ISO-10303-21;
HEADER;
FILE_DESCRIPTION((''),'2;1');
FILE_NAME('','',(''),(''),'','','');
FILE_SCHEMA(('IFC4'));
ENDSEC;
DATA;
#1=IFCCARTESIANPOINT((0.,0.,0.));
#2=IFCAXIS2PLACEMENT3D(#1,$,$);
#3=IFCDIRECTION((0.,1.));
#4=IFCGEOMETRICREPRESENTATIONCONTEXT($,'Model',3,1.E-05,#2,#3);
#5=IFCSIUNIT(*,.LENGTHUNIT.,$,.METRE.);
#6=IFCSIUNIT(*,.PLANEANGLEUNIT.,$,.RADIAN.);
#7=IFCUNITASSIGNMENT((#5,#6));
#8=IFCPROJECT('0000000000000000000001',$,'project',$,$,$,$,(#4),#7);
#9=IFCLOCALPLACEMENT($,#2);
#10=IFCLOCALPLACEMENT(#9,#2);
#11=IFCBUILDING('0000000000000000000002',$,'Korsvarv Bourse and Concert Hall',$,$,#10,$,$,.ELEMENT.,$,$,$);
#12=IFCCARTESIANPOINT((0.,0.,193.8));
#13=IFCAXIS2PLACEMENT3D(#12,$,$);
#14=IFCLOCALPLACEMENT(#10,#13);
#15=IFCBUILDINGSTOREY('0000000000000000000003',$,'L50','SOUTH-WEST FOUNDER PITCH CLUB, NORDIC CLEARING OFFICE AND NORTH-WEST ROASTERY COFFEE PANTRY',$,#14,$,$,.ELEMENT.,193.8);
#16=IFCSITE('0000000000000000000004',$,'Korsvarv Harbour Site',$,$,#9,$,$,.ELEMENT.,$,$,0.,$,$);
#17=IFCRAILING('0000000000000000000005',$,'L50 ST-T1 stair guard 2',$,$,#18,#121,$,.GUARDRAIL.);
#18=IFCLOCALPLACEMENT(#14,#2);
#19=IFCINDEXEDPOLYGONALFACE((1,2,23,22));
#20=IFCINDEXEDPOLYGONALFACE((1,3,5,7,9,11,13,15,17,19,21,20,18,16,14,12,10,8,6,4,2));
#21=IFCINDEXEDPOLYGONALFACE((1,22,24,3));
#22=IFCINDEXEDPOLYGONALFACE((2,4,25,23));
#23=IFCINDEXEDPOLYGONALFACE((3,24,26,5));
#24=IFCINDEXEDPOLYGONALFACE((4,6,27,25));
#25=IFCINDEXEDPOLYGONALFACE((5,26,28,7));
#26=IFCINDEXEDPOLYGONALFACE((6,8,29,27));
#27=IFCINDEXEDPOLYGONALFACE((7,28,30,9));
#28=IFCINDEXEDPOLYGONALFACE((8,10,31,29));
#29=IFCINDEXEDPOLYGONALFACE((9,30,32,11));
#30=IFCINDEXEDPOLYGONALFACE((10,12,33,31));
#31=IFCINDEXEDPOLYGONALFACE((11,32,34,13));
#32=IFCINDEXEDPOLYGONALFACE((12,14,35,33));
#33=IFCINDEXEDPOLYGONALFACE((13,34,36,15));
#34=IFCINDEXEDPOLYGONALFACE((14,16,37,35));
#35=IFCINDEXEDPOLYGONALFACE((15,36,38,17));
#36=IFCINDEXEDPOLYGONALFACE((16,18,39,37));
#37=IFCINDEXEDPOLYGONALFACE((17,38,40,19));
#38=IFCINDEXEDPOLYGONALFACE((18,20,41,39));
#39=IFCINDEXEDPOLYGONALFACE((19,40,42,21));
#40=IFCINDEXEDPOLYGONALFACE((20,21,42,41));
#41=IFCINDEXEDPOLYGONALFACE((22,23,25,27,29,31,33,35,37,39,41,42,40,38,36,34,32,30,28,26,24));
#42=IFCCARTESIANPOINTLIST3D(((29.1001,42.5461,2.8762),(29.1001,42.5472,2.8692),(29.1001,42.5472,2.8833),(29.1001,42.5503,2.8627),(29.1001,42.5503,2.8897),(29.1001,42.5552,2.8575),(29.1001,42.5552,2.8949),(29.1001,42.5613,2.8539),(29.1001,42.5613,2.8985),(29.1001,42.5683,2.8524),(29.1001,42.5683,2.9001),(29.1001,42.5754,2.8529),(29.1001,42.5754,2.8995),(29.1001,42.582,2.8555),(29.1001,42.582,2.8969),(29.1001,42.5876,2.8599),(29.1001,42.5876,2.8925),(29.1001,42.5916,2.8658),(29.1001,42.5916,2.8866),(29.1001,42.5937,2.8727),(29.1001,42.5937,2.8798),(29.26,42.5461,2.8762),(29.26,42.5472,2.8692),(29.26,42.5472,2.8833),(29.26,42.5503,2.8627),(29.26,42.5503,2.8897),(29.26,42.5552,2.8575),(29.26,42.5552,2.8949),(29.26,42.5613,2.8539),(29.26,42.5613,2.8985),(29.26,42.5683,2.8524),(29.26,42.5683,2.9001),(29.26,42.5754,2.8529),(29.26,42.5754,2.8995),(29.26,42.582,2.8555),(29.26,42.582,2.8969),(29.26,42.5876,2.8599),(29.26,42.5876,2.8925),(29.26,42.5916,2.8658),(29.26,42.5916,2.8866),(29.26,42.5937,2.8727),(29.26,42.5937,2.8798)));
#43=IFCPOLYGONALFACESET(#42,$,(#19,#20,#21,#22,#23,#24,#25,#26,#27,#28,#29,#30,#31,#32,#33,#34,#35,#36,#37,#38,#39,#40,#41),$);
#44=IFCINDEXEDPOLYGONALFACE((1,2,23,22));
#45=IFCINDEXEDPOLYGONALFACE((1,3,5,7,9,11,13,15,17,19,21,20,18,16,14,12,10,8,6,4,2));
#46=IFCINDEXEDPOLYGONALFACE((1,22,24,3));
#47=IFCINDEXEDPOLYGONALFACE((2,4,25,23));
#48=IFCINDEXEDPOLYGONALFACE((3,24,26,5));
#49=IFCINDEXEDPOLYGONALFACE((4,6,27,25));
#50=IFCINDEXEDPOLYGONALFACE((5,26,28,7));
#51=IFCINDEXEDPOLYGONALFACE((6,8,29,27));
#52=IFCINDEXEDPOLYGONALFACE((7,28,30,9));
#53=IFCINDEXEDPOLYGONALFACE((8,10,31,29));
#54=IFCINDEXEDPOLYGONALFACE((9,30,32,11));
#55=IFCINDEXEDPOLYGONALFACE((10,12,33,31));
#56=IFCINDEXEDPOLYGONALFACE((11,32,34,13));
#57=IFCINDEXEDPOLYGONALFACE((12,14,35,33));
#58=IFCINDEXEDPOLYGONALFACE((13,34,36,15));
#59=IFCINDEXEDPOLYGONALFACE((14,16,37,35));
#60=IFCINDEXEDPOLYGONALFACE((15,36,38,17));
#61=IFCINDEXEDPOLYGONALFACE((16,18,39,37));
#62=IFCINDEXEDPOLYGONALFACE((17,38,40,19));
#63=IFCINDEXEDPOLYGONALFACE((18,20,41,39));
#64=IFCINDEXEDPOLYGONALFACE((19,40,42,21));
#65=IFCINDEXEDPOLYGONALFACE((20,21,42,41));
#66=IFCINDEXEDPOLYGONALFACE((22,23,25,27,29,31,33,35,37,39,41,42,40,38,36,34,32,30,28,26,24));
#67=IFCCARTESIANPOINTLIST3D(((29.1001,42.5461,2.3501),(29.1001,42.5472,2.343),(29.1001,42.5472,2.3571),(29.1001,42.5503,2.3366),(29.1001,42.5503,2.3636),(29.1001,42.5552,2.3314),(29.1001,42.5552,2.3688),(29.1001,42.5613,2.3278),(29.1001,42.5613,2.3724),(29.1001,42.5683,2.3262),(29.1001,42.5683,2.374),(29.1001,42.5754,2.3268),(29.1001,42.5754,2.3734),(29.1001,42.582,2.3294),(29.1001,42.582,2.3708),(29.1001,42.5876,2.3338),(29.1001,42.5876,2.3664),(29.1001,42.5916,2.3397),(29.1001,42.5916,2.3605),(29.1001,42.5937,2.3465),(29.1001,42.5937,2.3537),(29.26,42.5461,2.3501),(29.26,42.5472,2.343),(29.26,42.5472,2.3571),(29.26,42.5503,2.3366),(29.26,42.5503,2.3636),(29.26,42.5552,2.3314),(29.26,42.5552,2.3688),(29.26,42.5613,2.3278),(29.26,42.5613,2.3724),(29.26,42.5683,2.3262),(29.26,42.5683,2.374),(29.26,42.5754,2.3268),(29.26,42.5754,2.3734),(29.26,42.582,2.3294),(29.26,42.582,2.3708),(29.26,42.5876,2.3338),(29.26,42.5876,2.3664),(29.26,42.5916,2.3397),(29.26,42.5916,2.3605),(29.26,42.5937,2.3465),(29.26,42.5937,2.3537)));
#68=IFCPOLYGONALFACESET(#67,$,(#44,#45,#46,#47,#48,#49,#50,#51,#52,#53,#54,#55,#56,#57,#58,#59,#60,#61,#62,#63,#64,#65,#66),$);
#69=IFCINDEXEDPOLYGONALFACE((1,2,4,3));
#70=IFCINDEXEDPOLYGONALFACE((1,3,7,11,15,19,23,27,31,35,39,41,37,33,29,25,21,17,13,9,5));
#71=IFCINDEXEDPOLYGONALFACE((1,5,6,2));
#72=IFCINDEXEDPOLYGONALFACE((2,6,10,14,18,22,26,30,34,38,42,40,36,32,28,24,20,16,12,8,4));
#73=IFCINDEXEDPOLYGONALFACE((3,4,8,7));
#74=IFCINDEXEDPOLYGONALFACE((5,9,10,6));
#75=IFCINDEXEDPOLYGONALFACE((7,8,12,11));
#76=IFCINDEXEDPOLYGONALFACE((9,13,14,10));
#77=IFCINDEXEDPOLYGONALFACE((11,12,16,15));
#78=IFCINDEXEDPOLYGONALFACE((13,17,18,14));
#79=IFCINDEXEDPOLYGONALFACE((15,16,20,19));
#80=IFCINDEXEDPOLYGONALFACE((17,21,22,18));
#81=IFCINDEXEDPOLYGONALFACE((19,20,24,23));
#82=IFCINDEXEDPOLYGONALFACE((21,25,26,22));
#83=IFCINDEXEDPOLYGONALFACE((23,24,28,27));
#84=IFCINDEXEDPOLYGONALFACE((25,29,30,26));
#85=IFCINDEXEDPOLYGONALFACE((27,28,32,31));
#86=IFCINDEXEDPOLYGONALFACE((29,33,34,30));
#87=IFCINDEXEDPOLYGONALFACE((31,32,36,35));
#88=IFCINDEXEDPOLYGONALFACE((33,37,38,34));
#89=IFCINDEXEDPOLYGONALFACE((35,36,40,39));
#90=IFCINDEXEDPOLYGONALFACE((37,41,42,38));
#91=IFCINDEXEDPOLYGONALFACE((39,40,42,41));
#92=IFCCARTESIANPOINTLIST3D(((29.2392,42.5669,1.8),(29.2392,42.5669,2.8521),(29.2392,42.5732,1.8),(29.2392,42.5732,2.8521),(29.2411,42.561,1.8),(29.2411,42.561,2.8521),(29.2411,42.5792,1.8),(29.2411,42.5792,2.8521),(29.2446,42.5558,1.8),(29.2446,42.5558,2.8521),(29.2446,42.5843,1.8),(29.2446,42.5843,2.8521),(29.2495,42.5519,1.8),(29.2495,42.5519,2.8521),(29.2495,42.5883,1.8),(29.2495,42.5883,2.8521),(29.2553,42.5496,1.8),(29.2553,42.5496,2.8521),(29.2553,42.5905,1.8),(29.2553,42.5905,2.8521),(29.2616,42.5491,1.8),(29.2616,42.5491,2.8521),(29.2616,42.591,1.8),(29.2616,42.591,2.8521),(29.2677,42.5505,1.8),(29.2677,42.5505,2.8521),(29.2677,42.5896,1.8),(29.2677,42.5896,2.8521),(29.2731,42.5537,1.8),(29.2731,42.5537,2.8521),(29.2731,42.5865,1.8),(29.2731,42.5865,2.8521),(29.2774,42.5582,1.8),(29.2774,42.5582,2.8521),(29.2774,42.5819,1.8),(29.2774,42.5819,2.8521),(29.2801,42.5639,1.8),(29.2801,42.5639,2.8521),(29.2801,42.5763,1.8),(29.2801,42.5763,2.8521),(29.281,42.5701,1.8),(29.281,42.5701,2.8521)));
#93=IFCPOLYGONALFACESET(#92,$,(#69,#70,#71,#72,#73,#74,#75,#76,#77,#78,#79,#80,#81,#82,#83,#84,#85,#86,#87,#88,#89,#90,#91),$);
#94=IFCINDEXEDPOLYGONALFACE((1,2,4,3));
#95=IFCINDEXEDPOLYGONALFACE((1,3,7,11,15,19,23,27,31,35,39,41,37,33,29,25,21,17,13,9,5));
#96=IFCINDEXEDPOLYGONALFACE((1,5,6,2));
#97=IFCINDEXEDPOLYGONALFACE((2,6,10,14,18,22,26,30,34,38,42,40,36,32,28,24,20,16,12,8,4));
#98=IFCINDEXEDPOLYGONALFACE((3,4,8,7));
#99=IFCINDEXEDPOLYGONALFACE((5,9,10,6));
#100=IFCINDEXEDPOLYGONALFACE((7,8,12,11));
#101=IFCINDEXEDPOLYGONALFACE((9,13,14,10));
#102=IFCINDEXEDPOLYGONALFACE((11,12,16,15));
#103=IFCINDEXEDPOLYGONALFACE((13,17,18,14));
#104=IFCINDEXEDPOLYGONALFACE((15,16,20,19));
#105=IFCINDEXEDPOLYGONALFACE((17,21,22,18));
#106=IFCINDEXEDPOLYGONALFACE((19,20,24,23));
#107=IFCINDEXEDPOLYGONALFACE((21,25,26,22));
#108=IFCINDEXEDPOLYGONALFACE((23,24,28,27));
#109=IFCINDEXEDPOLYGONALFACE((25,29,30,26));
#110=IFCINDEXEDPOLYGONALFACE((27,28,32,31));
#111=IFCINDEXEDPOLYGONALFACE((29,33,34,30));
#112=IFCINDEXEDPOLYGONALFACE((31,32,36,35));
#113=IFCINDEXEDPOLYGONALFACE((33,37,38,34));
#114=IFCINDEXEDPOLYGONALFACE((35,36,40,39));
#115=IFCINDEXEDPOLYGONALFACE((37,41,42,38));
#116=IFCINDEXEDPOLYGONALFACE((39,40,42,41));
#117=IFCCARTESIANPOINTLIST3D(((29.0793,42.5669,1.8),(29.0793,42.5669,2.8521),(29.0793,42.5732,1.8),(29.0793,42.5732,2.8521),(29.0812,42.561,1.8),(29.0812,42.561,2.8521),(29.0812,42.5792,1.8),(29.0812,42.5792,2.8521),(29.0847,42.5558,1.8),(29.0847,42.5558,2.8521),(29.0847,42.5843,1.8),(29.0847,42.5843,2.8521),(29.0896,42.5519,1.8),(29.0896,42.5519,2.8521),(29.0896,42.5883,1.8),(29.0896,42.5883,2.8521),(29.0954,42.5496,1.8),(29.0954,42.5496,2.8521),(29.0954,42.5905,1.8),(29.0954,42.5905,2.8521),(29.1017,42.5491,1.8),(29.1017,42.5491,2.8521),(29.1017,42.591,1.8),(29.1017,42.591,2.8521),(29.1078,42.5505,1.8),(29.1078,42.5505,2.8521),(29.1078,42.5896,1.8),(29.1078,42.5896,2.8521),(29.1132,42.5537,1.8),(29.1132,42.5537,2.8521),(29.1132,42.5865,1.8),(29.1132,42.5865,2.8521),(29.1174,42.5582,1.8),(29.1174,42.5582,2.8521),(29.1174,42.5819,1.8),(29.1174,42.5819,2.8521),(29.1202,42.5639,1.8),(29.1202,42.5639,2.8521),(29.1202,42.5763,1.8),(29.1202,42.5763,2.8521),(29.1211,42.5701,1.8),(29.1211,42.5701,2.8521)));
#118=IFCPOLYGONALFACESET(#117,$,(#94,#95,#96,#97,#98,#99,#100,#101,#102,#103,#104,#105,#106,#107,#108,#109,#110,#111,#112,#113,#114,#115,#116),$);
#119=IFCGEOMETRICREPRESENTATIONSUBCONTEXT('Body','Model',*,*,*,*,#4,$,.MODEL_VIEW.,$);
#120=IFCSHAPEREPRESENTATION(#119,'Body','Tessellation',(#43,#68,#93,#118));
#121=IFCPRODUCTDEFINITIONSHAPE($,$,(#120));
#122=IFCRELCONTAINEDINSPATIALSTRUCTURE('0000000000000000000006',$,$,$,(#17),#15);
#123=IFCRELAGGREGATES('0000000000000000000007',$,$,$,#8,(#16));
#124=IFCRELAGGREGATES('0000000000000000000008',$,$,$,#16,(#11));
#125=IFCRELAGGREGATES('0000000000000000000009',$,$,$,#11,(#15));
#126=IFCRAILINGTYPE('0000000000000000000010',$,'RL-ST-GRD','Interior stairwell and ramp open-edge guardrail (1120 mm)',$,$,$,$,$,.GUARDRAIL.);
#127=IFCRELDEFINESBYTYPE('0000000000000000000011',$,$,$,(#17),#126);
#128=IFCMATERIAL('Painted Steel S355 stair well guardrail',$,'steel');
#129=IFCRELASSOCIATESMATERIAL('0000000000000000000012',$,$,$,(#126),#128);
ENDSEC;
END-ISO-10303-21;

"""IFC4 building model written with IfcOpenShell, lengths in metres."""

from ifc_helpers import new_model, si_unit, direction, frame, origin, origin_2d, place, context, subcontext, project, spatial, circle, extrude, material, type_object, element, save


model = new_model("IFC4")

# Units and contexts
model_context = context("Model", 3, precision=1e-05, world=origin(), true_north=direction((0.0, 1.0)))
body_context = subcontext(model_context, "Body", "Model", "MODEL_VIEW")
ifc_project = project(units=[si_unit("LENGTHUNIT", "METRE"), si_unit("PLANEANGLEUNIT", "RADIAN")], contexts=[model_context])

# Site, building, storey
site_placement = place(None, origin())
site = spatial("IfcSite", under=ifc_project, at=site_placement, Name="Korsvarv Harbour Site", CompositionType="ELEMENT", RefElevation=0.0)
building_placement = place(site_placement, origin())
building = spatial("IfcBuilding", under=site, at=building_placement, Name="Korsvarv Bourse and Concert Hall", CompositionType="ELEMENT")
storey_placement = place(building_placement, frame((0.0, 0.0, 193.8)))
storey = spatial("IfcBuildingStorey", under=building, at=storey_placement, Name="L50", Description="SOUTH-WEST FOUNDER PITCH CLUB, NORDIC CLEARING OFFICE AND NORTH-WEST ROASTERY COFFEE PANTRY", CompositionType="ELEMENT", Elevation=193.8)

# Railing
ifc_material_1 = material(Name="Painted Steel S355 stair well guardrail", Category="steel")
railing_type_1 = type_object("IfcRailingType", Name="RL-ST-GRD", Description="Interior stairwell and ramp open-edge guardrail (1120 mm)", PredefinedType="GUARDRAIL", material=ifc_material_1)
railing_1_placement = place(storey_placement, frame((29.26, 42.5701, 1.8)))
element("IfcRailing", 1, at=railing_1_placement, inside=storey, type_object=railing_type_1, Name="L50 ST-T1 stair guard 2", PredefinedType="GUARDRAIL", context=body_context, shape_type="SweptSolid", body=[
    extrude(circle(Radius=0.0239, at=origin_2d()), frame((0.0, 0.0, 1.0762), z_axis=(-1.0, 0.0, 0.0), x_axis=(0.0, -1.0, 0.0)), (0.0, 0.0, 1.0), 0.1599),
    extrude(circle(Radius=0.0239, at=origin_2d()), frame((0.0, 0.0, 0.55), z_axis=(-1.0, 0.0, 0.0), x_axis=(0.0, -1.0, 0.0)), (0.0, 0.0, 1.0), 0.1599),
    extrude(circle(Radius=0.021, at=origin_2d()), origin(), (0.0, 0.0, 1.0), 1.052),
    extrude(circle(Radius=0.021, at=origin_2d()), frame((-0.1599, 0.0, 0.0)), (0.0, 0.0, 1.0), 1.052),
])

save(model, "model.ifc")
